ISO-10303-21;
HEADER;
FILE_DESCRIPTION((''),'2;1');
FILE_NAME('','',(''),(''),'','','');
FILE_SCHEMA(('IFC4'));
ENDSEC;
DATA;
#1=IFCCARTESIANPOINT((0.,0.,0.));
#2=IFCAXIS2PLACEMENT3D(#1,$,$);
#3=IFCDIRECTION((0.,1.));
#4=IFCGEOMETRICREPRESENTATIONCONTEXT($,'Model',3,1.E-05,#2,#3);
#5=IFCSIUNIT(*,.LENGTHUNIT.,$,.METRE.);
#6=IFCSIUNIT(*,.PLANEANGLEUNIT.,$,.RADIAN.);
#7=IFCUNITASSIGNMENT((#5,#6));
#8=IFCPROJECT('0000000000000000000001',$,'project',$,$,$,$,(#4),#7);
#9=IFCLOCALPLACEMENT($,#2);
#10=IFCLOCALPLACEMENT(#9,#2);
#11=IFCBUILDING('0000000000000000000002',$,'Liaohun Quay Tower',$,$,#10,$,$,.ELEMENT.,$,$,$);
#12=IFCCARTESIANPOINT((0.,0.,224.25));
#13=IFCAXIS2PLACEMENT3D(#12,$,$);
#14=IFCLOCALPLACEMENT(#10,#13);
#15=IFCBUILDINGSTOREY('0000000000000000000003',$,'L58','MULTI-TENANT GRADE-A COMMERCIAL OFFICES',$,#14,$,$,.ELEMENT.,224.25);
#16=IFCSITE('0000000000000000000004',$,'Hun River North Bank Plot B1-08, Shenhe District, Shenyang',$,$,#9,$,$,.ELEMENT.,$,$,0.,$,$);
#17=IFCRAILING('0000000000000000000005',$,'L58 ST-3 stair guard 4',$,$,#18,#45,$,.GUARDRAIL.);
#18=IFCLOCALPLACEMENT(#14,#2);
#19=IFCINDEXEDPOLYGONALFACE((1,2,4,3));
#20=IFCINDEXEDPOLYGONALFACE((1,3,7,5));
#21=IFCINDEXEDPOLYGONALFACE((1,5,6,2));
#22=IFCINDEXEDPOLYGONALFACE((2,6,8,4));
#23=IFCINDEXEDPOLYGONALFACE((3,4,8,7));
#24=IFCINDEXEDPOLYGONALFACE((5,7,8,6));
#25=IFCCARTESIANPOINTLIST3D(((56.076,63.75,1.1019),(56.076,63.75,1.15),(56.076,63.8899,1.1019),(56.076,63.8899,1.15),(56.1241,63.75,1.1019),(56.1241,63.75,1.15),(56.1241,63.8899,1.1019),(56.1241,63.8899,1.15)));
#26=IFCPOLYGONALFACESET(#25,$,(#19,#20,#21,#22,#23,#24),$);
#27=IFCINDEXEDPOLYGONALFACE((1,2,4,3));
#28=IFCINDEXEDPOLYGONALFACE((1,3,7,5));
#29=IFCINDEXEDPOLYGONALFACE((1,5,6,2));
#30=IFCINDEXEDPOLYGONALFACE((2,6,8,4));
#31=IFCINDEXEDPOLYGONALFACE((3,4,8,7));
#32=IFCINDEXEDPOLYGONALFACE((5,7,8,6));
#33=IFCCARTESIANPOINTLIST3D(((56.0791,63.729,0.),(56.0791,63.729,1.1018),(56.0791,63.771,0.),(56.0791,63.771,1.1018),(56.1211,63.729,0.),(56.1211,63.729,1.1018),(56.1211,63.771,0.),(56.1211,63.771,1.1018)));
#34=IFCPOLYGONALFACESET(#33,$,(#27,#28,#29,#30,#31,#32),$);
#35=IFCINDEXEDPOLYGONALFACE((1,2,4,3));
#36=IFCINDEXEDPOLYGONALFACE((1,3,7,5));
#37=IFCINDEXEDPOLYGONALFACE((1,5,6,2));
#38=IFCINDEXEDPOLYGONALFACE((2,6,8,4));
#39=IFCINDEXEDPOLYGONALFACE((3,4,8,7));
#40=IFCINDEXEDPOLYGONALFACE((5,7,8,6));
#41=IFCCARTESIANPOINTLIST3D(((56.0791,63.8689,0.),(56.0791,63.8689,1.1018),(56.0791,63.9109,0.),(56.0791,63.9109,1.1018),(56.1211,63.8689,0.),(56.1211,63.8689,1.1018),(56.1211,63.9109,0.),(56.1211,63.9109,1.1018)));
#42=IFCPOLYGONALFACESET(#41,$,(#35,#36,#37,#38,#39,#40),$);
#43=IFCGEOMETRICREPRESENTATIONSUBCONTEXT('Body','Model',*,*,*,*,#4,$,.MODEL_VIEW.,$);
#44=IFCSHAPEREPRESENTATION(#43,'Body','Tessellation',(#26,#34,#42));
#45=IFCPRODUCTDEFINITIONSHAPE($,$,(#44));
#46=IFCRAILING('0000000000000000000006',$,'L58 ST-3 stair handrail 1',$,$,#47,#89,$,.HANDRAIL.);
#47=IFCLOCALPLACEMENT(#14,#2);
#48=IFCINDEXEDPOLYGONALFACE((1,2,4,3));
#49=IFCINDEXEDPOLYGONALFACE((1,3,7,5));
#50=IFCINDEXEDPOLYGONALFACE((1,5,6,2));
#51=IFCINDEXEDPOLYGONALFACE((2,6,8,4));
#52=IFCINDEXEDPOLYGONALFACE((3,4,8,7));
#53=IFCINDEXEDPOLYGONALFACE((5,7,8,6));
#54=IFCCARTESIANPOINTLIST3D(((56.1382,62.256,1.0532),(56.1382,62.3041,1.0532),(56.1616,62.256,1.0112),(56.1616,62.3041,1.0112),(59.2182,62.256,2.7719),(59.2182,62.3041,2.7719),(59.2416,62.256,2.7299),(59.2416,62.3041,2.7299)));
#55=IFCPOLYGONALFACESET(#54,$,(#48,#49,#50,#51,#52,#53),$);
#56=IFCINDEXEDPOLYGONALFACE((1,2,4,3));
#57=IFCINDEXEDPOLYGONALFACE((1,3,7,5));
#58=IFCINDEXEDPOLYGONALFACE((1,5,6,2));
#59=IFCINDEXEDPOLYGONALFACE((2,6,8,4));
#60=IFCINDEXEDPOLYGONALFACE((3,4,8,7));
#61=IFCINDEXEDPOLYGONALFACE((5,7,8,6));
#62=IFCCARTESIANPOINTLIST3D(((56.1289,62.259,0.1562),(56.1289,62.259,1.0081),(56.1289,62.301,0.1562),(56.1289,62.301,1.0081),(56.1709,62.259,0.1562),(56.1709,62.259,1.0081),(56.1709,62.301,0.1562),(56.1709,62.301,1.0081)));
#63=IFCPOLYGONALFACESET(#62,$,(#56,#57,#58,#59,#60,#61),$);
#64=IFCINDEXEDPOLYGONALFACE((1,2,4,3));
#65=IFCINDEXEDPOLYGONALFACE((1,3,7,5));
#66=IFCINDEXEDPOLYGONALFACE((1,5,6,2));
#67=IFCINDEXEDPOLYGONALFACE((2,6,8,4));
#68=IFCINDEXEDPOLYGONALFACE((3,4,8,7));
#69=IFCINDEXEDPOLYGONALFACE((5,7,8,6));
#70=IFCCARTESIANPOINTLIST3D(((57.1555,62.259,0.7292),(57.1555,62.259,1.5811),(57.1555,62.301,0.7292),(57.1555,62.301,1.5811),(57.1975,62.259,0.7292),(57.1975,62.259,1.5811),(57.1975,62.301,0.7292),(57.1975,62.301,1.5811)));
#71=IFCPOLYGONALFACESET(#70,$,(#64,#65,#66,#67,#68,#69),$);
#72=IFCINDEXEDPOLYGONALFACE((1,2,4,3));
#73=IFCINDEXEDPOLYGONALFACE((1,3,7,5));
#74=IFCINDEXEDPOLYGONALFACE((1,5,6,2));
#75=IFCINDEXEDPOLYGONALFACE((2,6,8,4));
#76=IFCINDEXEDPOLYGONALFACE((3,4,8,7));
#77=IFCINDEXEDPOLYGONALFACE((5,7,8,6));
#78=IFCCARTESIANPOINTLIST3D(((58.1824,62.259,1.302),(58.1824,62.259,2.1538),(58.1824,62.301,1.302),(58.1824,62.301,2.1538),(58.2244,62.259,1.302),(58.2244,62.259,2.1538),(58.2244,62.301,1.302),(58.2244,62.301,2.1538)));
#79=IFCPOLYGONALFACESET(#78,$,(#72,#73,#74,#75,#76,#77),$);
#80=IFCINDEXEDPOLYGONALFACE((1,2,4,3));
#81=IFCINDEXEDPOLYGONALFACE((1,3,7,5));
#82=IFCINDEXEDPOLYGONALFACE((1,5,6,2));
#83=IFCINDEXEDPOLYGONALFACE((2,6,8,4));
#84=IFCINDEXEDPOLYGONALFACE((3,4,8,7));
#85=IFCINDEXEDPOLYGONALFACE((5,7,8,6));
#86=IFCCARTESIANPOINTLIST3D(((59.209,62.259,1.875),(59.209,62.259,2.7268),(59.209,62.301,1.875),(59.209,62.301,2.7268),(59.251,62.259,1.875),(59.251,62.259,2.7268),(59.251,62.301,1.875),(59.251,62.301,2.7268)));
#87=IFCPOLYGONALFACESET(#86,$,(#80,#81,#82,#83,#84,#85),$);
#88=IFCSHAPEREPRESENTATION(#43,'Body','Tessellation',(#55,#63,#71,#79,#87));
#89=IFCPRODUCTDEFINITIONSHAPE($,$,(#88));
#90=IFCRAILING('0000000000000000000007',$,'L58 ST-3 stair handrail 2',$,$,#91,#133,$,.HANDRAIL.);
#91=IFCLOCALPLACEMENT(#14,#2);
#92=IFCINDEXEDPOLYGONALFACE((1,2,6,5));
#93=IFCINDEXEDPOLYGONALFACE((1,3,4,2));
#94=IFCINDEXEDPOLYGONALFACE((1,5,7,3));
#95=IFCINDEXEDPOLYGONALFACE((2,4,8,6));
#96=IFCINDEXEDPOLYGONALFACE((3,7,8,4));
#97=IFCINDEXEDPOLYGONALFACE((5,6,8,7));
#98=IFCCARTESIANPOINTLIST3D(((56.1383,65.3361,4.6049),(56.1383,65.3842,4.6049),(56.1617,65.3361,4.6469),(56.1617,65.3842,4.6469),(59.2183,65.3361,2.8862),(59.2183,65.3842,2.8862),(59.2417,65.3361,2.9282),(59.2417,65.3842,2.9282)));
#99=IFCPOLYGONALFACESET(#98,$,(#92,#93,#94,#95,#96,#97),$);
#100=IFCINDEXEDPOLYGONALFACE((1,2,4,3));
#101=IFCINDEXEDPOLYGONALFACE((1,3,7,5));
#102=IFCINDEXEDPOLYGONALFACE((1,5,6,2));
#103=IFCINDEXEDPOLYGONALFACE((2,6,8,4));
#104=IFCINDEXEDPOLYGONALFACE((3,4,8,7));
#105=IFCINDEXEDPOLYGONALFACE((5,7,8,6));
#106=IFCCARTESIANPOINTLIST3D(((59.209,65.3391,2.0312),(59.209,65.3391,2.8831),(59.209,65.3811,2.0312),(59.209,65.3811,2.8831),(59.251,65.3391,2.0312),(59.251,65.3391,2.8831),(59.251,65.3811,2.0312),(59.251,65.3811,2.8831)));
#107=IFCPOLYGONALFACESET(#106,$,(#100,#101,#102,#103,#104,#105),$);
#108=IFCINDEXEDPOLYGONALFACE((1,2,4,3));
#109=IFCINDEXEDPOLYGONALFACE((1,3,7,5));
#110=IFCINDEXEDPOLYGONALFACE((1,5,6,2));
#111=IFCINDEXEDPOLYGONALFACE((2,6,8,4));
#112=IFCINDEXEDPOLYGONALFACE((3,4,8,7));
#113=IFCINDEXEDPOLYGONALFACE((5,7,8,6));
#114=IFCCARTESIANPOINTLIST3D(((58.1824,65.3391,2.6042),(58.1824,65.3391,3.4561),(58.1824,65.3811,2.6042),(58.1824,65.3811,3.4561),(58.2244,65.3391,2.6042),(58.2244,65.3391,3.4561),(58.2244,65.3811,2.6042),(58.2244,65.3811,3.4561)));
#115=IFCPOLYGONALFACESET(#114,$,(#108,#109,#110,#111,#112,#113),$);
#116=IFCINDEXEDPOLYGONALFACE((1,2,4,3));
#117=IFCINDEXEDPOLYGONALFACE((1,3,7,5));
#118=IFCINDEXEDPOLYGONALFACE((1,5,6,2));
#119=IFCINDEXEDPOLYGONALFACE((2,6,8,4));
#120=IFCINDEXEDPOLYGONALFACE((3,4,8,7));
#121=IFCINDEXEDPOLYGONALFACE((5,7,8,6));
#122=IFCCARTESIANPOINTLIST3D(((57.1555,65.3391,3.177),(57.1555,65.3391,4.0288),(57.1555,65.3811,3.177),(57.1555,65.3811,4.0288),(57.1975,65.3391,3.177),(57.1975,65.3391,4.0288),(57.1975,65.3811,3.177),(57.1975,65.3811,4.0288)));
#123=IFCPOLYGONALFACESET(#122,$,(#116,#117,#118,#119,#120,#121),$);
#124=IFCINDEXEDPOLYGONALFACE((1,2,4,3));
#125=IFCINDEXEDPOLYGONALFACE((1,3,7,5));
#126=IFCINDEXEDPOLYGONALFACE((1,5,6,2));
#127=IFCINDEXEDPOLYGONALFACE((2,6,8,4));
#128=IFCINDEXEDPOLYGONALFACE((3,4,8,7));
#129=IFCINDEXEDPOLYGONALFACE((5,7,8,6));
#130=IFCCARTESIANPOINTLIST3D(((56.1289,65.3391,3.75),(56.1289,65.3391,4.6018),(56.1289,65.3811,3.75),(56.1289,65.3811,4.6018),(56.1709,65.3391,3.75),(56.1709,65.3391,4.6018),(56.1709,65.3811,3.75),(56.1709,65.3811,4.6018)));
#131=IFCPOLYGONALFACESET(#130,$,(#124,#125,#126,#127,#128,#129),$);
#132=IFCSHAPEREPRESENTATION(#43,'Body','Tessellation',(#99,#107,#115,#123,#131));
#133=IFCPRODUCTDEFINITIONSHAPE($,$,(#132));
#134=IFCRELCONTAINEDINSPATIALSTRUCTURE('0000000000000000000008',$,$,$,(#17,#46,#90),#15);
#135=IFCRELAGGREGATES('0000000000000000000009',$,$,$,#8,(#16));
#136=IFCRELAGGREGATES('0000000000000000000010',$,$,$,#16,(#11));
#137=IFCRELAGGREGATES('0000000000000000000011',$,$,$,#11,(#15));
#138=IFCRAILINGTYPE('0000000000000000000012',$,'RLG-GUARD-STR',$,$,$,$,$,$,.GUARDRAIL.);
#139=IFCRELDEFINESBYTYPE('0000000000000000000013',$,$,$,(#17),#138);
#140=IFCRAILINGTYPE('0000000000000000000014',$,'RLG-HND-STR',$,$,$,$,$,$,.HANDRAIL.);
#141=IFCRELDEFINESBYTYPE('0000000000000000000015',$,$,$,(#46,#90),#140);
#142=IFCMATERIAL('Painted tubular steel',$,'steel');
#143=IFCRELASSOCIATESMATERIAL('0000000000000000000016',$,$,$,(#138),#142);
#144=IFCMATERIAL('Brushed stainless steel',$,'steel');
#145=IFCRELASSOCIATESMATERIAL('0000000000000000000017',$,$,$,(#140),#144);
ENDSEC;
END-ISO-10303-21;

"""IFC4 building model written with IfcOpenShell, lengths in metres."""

from ifc_helpers import new_model, si_unit, direction, frame, origin, origin_2d, place, context, subcontext, project, spatial, rectangle, extrude, material, type_object, element, save


model = new_model("IFC4")

# Units and contexts
model_context = context("Model", 3, precision=1e-05, world=origin(), true_north=direction((0.0, 1.0)))
body_context = subcontext(model_context, "Body", "Model", "MODEL_VIEW")
ifc_project = project(units=[si_unit("LENGTHUNIT", "METRE"), si_unit("PLANEANGLEUNIT", "RADIAN")], contexts=[model_context])

# Site, building, storey
site_placement = place(None, origin())
site = spatial("IfcSite", under=ifc_project, at=site_placement, Name="Hun River North Bank Plot B1-08, Shenhe District, Shenyang", CompositionType="ELEMENT", RefElevation=0.0)
building_placement = place(site_placement, origin())
building = spatial("IfcBuilding", under=site, at=building_placement, Name="Liaohun Quay Tower", CompositionType="ELEMENT")
storey_placement = place(building_placement, frame((0.0, 0.0, 224.25)))
storey = spatial("IfcBuildingStorey", under=building, at=storey_placement, Name="L58", Description="MULTI-TENANT GRADE-A COMMERCIAL OFFICES", CompositionType="ELEMENT", Elevation=224.25)

# Railings
ifc_material_1 = material(Name="Painted tubular steel", Category="steel")
railing_type_1 = type_object("IfcRailingType", Name="RLG-GUARD-STR", PredefinedType="GUARDRAIL", material=ifc_material_1)
railing_1_placement = place(storey_placement, frame((56.1001, 63.75, 0.0)))
element("IfcRailing", 1, at=railing_1_placement, inside=storey, type_object=railing_type_1, Name="L58 ST-3 stair guard 4", PredefinedType="GUARDRAIL", context=body_context, shape_type="SweptSolid", body=[
    extrude(rectangle(XDim=0.0481, YDim=0.0481, at=origin_2d()), frame((0.0, 0.0, 1.126), z_axis=(0.0, 1.0, 0.0), x_axis=(-1.0, 0.0, 0.0)), (0.0, 0.0, 1.0), 0.1399),
    extrude(rectangle(XDim=0.042, YDim=0.042, at=origin_2d()), origin(), (0.0, 0.0, 1.0), 1.1018),
    extrude(rectangle(XDim=0.042, YDim=0.042, at=origin_2d()), frame((0.0, 0.1399, 0.0)), (0.0, 0.0, 1.0), 1.1018),
])
ifc_material_2 = material(Name="Brushed stainless steel", Category="steel")
railing_type_2 = type_object("IfcRailingType", Name="RLG-HND-STR", PredefinedType="HANDRAIL", material=ifc_material_2)
railing_2_placement = place(storey_placement, frame((56.1499, 62.28, 0.1562)))
element("IfcRailing", 2, at=railing_2_placement, inside=storey, type_object=railing_type_2, Name="L58 ST-3 stair handrail 1", PredefinedType="HANDRAIL", context=body_context, shape_type="SweptSolid", body=[
    extrude(rectangle(XDim=0.0481, YDim=0.0481, at=origin_2d()), frame((0.0, 0.0, 0.876), z_axis=(0.873242, 0.0, 0.487288), x_axis=(0.0, 1.0, 0.0)), (0.0, 0.0, 1.0), 3.5271),
    extrude(rectangle(XDim=0.042, YDim=0.042, at=origin_2d()), origin(), (0.0, 0.0, 1.0), 0.8518),
    extrude(rectangle(XDim=0.042, YDim=0.042, at=origin_2d()), frame((1.0266, 0.0, 0.573)), (0.0, 0.0, 1.0), 0.8518),
    extrude(rectangle(XDim=0.042, YDim=0.042, at=origin_2d()), frame((2.0535, 0.0, 1.1458)), (0.0, 0.0, 1.0), 0.8518),
    extrude(rectangle(XDim=0.042, YDim=0.042, at=origin_2d()), frame((3.0801, 0.0, 1.7188)), (0.0, 0.0, 1.0), 0.8518),
])
railing_3_placement = place(storey_placement, frame((59.23, 65.3601, 2.0312)))
element("IfcRailing", 3, at=railing_3_placement, inside=storey, type_object=railing_type_2, Name="L58 ST-3 stair handrail 2", PredefinedType="HANDRAIL", context=body_context, shape_type="SweptSolid", body=[
    extrude(rectangle(XDim=0.0481, YDim=0.0481, at=origin_2d()), frame((0.0, 0.0, 0.876), z_axis=(-0.873242, 0.0, 0.487288), x_axis=(0.0, -1.0, 0.0)), (0.0, 0.0, 1.0), 3.5271),
    extrude(rectangle(XDim=0.042, YDim=0.042, at=origin_2d()), origin(), (0.0, 0.0, 1.0), 0.8518),
    extrude(rectangle(XDim=0.042, YDim=0.042, at=origin_2d()), frame((-1.0266, 0.0, 0.573)), (0.0, 0.0, 1.0), 0.8518),
    extrude(rectangle(XDim=0.042, YDim=0.042, at=origin_2d()), frame((-2.0535, 0.0, 1.1458)), (0.0, 0.0, 1.0), 0.8518),
    extrude(rectangle(XDim=0.042, YDim=0.042, at=origin_2d()), frame((-3.0801, 0.0, 1.7188)), (0.0, 0.0, 1.0), 0.8518),
])

save(model, "model.ifc")
